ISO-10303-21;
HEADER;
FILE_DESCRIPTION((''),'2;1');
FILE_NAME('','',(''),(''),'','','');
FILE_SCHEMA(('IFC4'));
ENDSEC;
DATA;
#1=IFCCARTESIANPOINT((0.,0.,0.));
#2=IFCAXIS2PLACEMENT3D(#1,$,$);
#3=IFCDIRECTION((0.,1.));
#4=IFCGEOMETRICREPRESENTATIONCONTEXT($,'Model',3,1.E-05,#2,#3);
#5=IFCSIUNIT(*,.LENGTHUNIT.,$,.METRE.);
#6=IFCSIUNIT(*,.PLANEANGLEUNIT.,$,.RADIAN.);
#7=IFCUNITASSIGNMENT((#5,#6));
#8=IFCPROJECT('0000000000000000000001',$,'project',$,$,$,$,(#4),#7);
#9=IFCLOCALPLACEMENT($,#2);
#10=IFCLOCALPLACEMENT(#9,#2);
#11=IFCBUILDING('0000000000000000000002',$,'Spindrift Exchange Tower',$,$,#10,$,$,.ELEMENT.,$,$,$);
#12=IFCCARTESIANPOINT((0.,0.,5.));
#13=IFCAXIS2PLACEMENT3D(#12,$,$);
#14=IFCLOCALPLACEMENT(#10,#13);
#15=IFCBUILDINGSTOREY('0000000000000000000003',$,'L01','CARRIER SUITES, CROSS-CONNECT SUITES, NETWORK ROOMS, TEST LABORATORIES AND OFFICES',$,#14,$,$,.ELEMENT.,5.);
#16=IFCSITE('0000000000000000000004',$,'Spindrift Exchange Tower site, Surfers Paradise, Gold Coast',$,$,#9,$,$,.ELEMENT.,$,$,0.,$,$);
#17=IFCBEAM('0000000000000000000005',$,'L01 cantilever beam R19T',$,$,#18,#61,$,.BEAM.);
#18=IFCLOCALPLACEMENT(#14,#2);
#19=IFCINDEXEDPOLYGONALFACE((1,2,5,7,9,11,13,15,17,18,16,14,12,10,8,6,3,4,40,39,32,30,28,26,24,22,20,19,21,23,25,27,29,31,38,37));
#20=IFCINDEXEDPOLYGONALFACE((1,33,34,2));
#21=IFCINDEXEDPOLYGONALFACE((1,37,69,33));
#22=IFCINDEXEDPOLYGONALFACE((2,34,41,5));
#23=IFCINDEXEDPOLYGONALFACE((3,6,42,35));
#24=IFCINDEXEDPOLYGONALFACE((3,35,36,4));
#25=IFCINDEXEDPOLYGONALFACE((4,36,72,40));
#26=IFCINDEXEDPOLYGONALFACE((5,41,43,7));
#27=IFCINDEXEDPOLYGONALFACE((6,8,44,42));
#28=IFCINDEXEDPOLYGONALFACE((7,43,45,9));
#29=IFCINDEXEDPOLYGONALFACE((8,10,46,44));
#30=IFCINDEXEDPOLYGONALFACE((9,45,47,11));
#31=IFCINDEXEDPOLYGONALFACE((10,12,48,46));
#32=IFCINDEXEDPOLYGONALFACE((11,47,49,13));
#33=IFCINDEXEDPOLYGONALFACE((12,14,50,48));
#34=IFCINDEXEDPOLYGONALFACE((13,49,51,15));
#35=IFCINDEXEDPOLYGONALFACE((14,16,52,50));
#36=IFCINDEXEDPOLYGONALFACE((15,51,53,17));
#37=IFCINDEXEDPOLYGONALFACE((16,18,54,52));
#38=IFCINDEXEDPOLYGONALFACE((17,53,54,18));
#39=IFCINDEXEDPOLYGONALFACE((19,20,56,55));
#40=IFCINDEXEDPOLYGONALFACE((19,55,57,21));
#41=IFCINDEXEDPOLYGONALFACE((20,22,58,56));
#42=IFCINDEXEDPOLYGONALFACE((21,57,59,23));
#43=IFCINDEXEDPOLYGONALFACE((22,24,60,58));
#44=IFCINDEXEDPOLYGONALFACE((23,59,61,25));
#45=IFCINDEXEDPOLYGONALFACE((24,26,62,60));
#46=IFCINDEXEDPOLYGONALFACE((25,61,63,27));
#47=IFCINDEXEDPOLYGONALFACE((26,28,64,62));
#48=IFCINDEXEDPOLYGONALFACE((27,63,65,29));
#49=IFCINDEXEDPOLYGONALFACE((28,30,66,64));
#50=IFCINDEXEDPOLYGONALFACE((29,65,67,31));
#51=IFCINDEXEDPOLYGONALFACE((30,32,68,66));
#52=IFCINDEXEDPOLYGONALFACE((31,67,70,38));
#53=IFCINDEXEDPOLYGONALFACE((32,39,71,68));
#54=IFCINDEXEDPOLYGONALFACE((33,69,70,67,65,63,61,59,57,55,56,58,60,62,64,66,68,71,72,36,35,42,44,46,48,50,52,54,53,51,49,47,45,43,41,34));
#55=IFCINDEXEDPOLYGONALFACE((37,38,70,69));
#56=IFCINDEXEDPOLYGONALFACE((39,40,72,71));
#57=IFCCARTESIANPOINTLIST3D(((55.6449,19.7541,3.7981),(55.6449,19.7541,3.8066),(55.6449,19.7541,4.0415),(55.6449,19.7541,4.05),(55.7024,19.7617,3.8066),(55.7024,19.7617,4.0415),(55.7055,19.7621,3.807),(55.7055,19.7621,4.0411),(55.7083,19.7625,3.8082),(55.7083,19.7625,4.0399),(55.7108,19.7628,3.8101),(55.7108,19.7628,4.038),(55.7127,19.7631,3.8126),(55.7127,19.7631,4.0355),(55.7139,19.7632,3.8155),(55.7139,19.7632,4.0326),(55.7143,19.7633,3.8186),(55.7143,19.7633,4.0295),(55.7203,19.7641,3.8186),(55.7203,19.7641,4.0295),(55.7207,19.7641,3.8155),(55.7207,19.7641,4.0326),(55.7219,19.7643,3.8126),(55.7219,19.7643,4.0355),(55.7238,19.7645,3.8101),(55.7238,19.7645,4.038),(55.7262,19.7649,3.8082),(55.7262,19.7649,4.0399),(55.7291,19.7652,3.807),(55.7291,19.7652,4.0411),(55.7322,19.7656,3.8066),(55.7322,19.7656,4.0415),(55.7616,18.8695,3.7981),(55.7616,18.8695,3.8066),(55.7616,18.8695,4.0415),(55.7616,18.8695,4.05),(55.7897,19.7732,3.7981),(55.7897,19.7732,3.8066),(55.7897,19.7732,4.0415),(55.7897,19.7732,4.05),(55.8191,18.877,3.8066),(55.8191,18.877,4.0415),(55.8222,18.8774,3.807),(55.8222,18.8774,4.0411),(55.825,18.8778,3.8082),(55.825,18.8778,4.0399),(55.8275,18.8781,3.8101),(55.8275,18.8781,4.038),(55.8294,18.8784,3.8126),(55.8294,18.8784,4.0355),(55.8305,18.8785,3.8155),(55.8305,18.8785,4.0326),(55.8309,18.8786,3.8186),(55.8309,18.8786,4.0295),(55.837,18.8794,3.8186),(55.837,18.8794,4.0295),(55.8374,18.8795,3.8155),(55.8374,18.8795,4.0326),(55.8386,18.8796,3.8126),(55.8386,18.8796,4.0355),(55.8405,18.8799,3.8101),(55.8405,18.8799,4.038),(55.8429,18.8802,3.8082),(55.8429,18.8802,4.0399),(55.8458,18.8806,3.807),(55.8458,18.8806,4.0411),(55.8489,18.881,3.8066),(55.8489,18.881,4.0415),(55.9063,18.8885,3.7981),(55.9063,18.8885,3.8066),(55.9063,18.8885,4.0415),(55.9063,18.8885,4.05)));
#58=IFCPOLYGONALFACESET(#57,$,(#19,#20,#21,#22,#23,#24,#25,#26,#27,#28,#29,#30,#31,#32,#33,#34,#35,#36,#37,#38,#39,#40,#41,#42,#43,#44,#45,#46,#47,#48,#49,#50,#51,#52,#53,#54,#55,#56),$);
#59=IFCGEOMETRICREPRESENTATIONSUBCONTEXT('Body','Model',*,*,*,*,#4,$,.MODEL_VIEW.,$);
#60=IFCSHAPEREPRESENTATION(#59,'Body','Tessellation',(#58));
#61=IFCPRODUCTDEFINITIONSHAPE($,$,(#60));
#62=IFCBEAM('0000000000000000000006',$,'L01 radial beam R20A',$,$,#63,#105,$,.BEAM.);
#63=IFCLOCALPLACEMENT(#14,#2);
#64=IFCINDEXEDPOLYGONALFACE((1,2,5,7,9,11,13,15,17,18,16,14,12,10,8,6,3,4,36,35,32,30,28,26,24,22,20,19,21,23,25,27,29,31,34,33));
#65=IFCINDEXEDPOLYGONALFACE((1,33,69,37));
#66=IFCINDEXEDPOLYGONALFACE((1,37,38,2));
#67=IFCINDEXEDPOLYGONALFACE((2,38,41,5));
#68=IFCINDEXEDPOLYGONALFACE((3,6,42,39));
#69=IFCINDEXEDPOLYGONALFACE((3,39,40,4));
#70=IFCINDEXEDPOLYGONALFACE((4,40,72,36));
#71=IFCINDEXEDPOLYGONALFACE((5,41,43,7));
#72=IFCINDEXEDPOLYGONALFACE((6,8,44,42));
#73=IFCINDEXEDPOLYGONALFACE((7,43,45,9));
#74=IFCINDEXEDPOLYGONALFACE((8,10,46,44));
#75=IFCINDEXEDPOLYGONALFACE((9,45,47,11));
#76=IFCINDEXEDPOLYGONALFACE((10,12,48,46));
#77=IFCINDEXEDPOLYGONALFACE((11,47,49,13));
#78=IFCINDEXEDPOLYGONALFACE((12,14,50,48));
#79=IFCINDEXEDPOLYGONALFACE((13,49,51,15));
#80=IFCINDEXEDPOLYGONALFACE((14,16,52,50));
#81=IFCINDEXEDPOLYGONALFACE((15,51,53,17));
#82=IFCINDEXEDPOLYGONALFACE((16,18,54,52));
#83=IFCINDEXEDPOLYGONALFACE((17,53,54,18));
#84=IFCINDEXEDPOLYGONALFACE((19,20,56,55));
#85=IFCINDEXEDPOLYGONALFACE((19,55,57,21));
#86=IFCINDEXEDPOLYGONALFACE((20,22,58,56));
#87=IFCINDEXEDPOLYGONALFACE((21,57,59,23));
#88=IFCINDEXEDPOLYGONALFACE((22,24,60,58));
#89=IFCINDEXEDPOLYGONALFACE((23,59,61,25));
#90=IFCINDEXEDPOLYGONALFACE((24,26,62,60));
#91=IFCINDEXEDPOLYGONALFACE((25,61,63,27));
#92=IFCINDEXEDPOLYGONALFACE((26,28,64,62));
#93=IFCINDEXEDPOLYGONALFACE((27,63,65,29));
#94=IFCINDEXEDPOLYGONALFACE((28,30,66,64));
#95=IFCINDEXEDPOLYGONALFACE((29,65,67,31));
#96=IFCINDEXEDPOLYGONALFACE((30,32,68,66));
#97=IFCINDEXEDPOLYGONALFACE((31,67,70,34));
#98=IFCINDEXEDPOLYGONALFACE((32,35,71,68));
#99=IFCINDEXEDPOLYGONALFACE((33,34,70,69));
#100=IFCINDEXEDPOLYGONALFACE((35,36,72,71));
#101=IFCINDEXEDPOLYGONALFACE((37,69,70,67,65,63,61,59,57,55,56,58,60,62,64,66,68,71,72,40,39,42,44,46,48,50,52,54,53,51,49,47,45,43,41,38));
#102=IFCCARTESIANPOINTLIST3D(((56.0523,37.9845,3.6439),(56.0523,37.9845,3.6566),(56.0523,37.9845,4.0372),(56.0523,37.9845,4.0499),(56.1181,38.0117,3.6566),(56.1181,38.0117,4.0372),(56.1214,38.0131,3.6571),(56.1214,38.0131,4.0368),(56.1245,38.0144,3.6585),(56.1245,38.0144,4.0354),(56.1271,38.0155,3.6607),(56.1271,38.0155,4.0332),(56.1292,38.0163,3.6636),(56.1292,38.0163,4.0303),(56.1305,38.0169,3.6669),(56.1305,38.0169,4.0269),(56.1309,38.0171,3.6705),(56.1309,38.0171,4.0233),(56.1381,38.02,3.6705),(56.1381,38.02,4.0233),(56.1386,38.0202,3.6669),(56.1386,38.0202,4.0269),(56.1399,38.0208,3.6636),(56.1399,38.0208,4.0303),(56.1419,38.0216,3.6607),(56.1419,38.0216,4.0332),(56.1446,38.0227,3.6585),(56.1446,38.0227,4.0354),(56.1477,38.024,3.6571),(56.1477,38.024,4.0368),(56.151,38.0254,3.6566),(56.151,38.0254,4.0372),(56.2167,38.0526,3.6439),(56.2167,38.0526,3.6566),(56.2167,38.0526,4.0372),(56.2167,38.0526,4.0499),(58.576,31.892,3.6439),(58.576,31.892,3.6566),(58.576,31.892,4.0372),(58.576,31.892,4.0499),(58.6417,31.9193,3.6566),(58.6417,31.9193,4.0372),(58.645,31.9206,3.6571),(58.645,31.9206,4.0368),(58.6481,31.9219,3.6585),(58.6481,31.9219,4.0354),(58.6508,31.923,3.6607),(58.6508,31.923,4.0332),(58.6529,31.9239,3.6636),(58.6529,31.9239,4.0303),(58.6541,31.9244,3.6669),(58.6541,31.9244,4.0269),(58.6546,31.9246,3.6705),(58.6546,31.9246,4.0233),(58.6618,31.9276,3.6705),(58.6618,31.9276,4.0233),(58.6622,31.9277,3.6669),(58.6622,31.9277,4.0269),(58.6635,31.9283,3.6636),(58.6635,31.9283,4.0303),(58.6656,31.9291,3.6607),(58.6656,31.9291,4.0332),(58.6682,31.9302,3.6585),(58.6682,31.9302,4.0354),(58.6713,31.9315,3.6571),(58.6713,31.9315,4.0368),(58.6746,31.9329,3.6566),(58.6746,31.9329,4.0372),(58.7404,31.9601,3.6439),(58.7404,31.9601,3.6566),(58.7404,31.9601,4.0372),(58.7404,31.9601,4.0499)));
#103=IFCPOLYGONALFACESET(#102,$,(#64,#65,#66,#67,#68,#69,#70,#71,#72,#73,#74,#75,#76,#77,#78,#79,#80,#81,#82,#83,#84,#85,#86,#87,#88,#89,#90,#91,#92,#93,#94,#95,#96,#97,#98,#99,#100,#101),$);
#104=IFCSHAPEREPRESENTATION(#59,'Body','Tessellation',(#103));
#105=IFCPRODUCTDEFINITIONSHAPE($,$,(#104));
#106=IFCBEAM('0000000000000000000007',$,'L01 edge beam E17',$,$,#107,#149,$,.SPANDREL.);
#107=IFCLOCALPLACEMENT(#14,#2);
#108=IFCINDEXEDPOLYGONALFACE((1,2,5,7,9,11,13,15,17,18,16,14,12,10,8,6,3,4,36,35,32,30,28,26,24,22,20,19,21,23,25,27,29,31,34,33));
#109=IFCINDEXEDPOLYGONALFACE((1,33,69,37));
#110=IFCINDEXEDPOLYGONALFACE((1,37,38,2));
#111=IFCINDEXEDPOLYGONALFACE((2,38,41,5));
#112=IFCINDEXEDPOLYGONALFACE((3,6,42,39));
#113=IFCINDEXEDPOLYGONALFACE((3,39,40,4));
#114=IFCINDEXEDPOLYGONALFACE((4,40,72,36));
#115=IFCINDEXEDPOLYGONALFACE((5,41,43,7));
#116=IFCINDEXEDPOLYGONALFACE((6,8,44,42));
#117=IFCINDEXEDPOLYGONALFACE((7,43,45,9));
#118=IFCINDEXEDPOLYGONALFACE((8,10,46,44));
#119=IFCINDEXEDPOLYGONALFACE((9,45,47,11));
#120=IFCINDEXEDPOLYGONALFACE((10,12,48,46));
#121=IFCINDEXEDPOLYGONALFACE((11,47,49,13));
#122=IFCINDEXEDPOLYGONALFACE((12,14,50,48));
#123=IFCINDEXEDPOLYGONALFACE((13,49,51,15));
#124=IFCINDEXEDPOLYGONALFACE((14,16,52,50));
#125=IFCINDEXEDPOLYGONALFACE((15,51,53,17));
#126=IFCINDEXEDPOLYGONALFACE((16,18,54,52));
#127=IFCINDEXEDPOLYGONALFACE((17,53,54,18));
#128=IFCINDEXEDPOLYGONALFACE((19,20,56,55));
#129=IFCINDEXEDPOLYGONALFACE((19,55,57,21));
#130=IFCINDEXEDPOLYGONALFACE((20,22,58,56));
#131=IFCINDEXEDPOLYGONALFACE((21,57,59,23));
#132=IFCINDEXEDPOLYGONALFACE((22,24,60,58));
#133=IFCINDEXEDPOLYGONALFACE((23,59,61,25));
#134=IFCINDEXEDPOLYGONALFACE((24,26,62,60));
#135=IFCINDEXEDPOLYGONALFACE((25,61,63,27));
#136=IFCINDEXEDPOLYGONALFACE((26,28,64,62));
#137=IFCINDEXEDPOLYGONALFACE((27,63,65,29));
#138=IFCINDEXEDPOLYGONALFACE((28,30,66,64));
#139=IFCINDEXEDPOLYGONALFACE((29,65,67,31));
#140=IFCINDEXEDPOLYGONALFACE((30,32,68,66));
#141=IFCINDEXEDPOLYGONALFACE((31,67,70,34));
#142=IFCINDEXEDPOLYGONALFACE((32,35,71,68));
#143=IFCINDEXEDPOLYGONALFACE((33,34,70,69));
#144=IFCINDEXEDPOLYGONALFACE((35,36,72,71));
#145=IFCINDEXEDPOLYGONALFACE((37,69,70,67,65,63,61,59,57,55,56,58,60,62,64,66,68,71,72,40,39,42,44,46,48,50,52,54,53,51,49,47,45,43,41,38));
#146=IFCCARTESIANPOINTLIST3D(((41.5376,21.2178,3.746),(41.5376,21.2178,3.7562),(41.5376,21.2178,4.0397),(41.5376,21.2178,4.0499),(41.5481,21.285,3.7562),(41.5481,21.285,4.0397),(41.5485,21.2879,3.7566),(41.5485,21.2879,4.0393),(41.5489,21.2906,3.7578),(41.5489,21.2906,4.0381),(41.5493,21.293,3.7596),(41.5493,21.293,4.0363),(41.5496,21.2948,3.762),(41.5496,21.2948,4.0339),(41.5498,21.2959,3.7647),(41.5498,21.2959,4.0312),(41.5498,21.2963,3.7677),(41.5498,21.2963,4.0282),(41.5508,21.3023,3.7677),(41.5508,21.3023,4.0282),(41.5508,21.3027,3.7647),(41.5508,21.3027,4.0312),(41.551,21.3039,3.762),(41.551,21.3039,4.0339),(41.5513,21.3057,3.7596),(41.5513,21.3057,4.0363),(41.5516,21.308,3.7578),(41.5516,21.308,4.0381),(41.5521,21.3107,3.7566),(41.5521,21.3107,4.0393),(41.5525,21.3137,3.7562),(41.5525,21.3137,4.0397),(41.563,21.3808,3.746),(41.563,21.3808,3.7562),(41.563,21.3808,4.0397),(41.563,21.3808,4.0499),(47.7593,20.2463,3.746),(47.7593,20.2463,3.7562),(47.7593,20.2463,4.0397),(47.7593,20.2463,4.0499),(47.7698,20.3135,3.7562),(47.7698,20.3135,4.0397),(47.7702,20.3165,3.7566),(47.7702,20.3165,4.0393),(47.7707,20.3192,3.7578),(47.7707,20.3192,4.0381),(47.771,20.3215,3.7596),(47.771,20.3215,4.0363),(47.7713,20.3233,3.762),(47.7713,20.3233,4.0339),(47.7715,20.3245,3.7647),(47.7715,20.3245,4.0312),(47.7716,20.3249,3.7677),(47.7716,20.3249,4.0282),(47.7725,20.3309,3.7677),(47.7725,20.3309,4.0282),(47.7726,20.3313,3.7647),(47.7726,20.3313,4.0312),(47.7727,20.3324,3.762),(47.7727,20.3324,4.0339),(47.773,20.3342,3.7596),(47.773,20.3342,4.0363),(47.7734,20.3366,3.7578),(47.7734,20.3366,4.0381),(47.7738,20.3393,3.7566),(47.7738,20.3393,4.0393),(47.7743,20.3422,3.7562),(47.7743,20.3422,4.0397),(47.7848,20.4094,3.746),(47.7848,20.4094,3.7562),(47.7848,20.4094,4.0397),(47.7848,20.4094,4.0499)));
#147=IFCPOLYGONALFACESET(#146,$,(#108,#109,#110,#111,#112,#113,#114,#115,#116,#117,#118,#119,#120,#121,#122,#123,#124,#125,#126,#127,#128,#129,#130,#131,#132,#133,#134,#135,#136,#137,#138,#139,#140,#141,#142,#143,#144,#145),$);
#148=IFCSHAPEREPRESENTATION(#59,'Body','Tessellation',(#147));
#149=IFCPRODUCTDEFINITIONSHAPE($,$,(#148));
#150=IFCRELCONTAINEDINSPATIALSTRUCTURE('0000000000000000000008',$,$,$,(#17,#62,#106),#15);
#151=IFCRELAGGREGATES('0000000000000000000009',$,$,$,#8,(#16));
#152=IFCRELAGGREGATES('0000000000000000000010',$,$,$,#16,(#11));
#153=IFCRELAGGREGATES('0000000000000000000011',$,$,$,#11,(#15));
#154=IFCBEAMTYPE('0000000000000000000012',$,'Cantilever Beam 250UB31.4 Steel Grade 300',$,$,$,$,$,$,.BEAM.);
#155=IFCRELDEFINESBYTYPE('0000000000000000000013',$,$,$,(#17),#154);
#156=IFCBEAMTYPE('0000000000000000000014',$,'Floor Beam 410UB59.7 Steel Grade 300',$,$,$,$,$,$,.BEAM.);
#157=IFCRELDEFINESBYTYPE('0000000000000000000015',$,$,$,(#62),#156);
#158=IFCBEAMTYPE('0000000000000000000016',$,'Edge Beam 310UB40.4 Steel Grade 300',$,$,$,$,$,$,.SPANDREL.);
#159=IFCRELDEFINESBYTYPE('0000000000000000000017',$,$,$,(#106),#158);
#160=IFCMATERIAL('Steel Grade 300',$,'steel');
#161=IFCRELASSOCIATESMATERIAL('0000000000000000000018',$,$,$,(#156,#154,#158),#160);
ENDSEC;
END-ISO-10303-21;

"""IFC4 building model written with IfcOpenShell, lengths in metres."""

from ifc_helpers import new_model, si_unit, direction, frame, origin, origin_2d, place, context, subcontext, project, spatial, i_section, extrude, source, transform, mapped, material, material_profile, profile_set, type_object, element, save


model = new_model("IFC4")

# Units and contexts
model_context = context("Model", 3, precision=1e-05, world=origin(), true_north=direction((0.0, 1.0)))
body_context = subcontext(model_context, "Body", "Model", "MODEL_VIEW")
ifc_project = project(units=[si_unit("LENGTHUNIT", "METRE"), si_unit("PLANEANGLEUNIT", "RADIAN")], contexts=[model_context])

# Site, building, storey
site_placement = place(None, origin())
site = spatial("IfcSite", under=ifc_project, at=site_placement, Name="Spindrift Exchange Tower site, Surfers Paradise, Gold Coast", CompositionType="ELEMENT", RefElevation=0.0)
building_placement = place(site_placement, origin())
building = spatial("IfcBuilding", under=site, at=building_placement, Name="Spindrift Exchange Tower", CompositionType="ELEMENT")
storey_placement = place(building_placement, frame((0.0, 0.0, 5.0)))
storey = spatial("IfcBuildingStorey", under=building, at=storey_placement, Name="L01", Description="CARRIER SUITES, CROSS-CONNECT SUITES, NETWORK ROOMS, TEST LABORATORIES AND OFFICES", CompositionType="ELEMENT", Elevation=5.0)

# Beams
ifc_material_1 = material(Name="Steel Grade 300", Category="steel")
ifc_material_profile_1 = material_profile(ifc_material_1, i_section(OverallWidth=0.178, OverallDepth=0.406, WebThickness=0.0078, FlangeThickness=0.0127, FilletRadius=0.0139, at=origin_2d()), Name="410UB59.7")
ifc_profile_set_1 = profile_set([ifc_material_profile_1], Name="Steel Grade 300")
beam_type_1 = type_object("IfcBeamType", Name="Floor Beam 410UB59.7 Steel Grade 300", PredefinedType="BEAM", material=ifc_profile_set_1)
ifc_material_profile_2 = material_profile(ifc_material_1, i_section(OverallWidth=0.146, OverallDepth=0.252, WebThickness=0.0061, FlangeThickness=0.0085, FilletRadius=0.012, at=origin_2d()), Name="250UB31.4")
ifc_profile_set_2 = profile_set([ifc_material_profile_2], Name="Steel Grade 300")
beam_type_2 = type_object("IfcBeamType", Name="Cantilever Beam 250UB31.4 Steel Grade 300", PredefinedType="BEAM", material=ifc_profile_set_2)
shared_shape_1 = source(origin(), body_context, "Body", "SweptSolid", [
    extrude(i_section(OverallWidth=0.146, OverallDepth=0.252, WebThickness=0.0061, FlangeThickness=0.0085, FilletRadius=0.012, at=origin_2d()), origin(), (0.0, 0.0, 1.0), 0.8923),
])
beam_1_placement = place(storey_placement, frame((55.7173, 19.7637, 3.9241), z_axis=(0.130766, -0.991413, 0.0), x_axis=(0.991413, 0.130766, 0.0)))
element("IfcBeam", 1, at=beam_1_placement, inside=storey, type_object=beam_type_2, Name="L01 cantilever beam R19T", PredefinedType="BEAM", context=body_context, shape_type="MappedRepresentation", body=[
    mapped(shared_shape_1, transform((0.0, 0.0, 0.0), scale=1.0)),
])
shared_shape_2 = source(origin(), body_context, "Body", "SweptSolid", [
    extrude(i_section(OverallWidth=0.178, OverallDepth=0.406, WebThickness=0.0078, FlangeThickness=0.0127, FilletRadius=0.0139, at=origin_2d()), origin(), (0.0, 0.0, 1.0), 6.5945),
])
beam_2_placement = place(storey_placement, frame((56.1345, 38.0186, 3.8469), z_axis=(0.382693, -0.923876, 0.0), x_axis=(0.923876, 0.382693, 0.0)))
element("IfcBeam", 2, at=beam_2_placement, inside=storey, type_object=beam_type_1, Name="L01 radial beam R20A", PredefinedType="BEAM", context=body_context, shape_type="MappedRepresentation", body=[
    mapped(shared_shape_2, transform((0.0, 0.0, 0.0), scale=1.0)),
])
ifc_material_profile_3 = material_profile(ifc_material_1, i_section(OverallWidth=0.165, OverallDepth=0.304, WebThickness=0.0061, FlangeThickness=0.0103, FilletRadius=0.0115, at=origin_2d()), Name="310UB40.4")
ifc_profile_set_3 = profile_set([ifc_material_profile_3], Name="Steel Grade 300")
beam_type_3 = type_object("IfcBeamType", Name="Edge Beam 310UB40.4 Steel Grade 300", PredefinedType="SPANDREL", material=ifc_profile_set_3)
shared_shape_3 = source(origin(), body_context, "Body", "SweptSolid", [
    extrude(i_section(OverallWidth=0.165, OverallDepth=0.304, WebThickness=0.0061, FlangeThickness=0.0103, FilletRadius=0.0115, at=origin_2d()), origin(), (0.0, 0.0, 1.0), 6.2971),
])
beam_3_placement = place(storey_placement, frame((41.5503, 21.2993, 3.8979), z_axis=(0.988029, -0.154268, 0.0), x_axis=(0.154268, 0.988029, 0.0)))
element("IfcBeam", 3, at=beam_3_placement, inside=storey, type_object=beam_type_3, Name="L01 edge beam E17", PredefinedType="SPANDREL", context=body_context, shape_type="MappedRepresentation", body=[
    mapped(shared_shape_3, transform((0.0, 0.0, 0.0), scale=1.0)),
])

save(model, "model.ifc")
